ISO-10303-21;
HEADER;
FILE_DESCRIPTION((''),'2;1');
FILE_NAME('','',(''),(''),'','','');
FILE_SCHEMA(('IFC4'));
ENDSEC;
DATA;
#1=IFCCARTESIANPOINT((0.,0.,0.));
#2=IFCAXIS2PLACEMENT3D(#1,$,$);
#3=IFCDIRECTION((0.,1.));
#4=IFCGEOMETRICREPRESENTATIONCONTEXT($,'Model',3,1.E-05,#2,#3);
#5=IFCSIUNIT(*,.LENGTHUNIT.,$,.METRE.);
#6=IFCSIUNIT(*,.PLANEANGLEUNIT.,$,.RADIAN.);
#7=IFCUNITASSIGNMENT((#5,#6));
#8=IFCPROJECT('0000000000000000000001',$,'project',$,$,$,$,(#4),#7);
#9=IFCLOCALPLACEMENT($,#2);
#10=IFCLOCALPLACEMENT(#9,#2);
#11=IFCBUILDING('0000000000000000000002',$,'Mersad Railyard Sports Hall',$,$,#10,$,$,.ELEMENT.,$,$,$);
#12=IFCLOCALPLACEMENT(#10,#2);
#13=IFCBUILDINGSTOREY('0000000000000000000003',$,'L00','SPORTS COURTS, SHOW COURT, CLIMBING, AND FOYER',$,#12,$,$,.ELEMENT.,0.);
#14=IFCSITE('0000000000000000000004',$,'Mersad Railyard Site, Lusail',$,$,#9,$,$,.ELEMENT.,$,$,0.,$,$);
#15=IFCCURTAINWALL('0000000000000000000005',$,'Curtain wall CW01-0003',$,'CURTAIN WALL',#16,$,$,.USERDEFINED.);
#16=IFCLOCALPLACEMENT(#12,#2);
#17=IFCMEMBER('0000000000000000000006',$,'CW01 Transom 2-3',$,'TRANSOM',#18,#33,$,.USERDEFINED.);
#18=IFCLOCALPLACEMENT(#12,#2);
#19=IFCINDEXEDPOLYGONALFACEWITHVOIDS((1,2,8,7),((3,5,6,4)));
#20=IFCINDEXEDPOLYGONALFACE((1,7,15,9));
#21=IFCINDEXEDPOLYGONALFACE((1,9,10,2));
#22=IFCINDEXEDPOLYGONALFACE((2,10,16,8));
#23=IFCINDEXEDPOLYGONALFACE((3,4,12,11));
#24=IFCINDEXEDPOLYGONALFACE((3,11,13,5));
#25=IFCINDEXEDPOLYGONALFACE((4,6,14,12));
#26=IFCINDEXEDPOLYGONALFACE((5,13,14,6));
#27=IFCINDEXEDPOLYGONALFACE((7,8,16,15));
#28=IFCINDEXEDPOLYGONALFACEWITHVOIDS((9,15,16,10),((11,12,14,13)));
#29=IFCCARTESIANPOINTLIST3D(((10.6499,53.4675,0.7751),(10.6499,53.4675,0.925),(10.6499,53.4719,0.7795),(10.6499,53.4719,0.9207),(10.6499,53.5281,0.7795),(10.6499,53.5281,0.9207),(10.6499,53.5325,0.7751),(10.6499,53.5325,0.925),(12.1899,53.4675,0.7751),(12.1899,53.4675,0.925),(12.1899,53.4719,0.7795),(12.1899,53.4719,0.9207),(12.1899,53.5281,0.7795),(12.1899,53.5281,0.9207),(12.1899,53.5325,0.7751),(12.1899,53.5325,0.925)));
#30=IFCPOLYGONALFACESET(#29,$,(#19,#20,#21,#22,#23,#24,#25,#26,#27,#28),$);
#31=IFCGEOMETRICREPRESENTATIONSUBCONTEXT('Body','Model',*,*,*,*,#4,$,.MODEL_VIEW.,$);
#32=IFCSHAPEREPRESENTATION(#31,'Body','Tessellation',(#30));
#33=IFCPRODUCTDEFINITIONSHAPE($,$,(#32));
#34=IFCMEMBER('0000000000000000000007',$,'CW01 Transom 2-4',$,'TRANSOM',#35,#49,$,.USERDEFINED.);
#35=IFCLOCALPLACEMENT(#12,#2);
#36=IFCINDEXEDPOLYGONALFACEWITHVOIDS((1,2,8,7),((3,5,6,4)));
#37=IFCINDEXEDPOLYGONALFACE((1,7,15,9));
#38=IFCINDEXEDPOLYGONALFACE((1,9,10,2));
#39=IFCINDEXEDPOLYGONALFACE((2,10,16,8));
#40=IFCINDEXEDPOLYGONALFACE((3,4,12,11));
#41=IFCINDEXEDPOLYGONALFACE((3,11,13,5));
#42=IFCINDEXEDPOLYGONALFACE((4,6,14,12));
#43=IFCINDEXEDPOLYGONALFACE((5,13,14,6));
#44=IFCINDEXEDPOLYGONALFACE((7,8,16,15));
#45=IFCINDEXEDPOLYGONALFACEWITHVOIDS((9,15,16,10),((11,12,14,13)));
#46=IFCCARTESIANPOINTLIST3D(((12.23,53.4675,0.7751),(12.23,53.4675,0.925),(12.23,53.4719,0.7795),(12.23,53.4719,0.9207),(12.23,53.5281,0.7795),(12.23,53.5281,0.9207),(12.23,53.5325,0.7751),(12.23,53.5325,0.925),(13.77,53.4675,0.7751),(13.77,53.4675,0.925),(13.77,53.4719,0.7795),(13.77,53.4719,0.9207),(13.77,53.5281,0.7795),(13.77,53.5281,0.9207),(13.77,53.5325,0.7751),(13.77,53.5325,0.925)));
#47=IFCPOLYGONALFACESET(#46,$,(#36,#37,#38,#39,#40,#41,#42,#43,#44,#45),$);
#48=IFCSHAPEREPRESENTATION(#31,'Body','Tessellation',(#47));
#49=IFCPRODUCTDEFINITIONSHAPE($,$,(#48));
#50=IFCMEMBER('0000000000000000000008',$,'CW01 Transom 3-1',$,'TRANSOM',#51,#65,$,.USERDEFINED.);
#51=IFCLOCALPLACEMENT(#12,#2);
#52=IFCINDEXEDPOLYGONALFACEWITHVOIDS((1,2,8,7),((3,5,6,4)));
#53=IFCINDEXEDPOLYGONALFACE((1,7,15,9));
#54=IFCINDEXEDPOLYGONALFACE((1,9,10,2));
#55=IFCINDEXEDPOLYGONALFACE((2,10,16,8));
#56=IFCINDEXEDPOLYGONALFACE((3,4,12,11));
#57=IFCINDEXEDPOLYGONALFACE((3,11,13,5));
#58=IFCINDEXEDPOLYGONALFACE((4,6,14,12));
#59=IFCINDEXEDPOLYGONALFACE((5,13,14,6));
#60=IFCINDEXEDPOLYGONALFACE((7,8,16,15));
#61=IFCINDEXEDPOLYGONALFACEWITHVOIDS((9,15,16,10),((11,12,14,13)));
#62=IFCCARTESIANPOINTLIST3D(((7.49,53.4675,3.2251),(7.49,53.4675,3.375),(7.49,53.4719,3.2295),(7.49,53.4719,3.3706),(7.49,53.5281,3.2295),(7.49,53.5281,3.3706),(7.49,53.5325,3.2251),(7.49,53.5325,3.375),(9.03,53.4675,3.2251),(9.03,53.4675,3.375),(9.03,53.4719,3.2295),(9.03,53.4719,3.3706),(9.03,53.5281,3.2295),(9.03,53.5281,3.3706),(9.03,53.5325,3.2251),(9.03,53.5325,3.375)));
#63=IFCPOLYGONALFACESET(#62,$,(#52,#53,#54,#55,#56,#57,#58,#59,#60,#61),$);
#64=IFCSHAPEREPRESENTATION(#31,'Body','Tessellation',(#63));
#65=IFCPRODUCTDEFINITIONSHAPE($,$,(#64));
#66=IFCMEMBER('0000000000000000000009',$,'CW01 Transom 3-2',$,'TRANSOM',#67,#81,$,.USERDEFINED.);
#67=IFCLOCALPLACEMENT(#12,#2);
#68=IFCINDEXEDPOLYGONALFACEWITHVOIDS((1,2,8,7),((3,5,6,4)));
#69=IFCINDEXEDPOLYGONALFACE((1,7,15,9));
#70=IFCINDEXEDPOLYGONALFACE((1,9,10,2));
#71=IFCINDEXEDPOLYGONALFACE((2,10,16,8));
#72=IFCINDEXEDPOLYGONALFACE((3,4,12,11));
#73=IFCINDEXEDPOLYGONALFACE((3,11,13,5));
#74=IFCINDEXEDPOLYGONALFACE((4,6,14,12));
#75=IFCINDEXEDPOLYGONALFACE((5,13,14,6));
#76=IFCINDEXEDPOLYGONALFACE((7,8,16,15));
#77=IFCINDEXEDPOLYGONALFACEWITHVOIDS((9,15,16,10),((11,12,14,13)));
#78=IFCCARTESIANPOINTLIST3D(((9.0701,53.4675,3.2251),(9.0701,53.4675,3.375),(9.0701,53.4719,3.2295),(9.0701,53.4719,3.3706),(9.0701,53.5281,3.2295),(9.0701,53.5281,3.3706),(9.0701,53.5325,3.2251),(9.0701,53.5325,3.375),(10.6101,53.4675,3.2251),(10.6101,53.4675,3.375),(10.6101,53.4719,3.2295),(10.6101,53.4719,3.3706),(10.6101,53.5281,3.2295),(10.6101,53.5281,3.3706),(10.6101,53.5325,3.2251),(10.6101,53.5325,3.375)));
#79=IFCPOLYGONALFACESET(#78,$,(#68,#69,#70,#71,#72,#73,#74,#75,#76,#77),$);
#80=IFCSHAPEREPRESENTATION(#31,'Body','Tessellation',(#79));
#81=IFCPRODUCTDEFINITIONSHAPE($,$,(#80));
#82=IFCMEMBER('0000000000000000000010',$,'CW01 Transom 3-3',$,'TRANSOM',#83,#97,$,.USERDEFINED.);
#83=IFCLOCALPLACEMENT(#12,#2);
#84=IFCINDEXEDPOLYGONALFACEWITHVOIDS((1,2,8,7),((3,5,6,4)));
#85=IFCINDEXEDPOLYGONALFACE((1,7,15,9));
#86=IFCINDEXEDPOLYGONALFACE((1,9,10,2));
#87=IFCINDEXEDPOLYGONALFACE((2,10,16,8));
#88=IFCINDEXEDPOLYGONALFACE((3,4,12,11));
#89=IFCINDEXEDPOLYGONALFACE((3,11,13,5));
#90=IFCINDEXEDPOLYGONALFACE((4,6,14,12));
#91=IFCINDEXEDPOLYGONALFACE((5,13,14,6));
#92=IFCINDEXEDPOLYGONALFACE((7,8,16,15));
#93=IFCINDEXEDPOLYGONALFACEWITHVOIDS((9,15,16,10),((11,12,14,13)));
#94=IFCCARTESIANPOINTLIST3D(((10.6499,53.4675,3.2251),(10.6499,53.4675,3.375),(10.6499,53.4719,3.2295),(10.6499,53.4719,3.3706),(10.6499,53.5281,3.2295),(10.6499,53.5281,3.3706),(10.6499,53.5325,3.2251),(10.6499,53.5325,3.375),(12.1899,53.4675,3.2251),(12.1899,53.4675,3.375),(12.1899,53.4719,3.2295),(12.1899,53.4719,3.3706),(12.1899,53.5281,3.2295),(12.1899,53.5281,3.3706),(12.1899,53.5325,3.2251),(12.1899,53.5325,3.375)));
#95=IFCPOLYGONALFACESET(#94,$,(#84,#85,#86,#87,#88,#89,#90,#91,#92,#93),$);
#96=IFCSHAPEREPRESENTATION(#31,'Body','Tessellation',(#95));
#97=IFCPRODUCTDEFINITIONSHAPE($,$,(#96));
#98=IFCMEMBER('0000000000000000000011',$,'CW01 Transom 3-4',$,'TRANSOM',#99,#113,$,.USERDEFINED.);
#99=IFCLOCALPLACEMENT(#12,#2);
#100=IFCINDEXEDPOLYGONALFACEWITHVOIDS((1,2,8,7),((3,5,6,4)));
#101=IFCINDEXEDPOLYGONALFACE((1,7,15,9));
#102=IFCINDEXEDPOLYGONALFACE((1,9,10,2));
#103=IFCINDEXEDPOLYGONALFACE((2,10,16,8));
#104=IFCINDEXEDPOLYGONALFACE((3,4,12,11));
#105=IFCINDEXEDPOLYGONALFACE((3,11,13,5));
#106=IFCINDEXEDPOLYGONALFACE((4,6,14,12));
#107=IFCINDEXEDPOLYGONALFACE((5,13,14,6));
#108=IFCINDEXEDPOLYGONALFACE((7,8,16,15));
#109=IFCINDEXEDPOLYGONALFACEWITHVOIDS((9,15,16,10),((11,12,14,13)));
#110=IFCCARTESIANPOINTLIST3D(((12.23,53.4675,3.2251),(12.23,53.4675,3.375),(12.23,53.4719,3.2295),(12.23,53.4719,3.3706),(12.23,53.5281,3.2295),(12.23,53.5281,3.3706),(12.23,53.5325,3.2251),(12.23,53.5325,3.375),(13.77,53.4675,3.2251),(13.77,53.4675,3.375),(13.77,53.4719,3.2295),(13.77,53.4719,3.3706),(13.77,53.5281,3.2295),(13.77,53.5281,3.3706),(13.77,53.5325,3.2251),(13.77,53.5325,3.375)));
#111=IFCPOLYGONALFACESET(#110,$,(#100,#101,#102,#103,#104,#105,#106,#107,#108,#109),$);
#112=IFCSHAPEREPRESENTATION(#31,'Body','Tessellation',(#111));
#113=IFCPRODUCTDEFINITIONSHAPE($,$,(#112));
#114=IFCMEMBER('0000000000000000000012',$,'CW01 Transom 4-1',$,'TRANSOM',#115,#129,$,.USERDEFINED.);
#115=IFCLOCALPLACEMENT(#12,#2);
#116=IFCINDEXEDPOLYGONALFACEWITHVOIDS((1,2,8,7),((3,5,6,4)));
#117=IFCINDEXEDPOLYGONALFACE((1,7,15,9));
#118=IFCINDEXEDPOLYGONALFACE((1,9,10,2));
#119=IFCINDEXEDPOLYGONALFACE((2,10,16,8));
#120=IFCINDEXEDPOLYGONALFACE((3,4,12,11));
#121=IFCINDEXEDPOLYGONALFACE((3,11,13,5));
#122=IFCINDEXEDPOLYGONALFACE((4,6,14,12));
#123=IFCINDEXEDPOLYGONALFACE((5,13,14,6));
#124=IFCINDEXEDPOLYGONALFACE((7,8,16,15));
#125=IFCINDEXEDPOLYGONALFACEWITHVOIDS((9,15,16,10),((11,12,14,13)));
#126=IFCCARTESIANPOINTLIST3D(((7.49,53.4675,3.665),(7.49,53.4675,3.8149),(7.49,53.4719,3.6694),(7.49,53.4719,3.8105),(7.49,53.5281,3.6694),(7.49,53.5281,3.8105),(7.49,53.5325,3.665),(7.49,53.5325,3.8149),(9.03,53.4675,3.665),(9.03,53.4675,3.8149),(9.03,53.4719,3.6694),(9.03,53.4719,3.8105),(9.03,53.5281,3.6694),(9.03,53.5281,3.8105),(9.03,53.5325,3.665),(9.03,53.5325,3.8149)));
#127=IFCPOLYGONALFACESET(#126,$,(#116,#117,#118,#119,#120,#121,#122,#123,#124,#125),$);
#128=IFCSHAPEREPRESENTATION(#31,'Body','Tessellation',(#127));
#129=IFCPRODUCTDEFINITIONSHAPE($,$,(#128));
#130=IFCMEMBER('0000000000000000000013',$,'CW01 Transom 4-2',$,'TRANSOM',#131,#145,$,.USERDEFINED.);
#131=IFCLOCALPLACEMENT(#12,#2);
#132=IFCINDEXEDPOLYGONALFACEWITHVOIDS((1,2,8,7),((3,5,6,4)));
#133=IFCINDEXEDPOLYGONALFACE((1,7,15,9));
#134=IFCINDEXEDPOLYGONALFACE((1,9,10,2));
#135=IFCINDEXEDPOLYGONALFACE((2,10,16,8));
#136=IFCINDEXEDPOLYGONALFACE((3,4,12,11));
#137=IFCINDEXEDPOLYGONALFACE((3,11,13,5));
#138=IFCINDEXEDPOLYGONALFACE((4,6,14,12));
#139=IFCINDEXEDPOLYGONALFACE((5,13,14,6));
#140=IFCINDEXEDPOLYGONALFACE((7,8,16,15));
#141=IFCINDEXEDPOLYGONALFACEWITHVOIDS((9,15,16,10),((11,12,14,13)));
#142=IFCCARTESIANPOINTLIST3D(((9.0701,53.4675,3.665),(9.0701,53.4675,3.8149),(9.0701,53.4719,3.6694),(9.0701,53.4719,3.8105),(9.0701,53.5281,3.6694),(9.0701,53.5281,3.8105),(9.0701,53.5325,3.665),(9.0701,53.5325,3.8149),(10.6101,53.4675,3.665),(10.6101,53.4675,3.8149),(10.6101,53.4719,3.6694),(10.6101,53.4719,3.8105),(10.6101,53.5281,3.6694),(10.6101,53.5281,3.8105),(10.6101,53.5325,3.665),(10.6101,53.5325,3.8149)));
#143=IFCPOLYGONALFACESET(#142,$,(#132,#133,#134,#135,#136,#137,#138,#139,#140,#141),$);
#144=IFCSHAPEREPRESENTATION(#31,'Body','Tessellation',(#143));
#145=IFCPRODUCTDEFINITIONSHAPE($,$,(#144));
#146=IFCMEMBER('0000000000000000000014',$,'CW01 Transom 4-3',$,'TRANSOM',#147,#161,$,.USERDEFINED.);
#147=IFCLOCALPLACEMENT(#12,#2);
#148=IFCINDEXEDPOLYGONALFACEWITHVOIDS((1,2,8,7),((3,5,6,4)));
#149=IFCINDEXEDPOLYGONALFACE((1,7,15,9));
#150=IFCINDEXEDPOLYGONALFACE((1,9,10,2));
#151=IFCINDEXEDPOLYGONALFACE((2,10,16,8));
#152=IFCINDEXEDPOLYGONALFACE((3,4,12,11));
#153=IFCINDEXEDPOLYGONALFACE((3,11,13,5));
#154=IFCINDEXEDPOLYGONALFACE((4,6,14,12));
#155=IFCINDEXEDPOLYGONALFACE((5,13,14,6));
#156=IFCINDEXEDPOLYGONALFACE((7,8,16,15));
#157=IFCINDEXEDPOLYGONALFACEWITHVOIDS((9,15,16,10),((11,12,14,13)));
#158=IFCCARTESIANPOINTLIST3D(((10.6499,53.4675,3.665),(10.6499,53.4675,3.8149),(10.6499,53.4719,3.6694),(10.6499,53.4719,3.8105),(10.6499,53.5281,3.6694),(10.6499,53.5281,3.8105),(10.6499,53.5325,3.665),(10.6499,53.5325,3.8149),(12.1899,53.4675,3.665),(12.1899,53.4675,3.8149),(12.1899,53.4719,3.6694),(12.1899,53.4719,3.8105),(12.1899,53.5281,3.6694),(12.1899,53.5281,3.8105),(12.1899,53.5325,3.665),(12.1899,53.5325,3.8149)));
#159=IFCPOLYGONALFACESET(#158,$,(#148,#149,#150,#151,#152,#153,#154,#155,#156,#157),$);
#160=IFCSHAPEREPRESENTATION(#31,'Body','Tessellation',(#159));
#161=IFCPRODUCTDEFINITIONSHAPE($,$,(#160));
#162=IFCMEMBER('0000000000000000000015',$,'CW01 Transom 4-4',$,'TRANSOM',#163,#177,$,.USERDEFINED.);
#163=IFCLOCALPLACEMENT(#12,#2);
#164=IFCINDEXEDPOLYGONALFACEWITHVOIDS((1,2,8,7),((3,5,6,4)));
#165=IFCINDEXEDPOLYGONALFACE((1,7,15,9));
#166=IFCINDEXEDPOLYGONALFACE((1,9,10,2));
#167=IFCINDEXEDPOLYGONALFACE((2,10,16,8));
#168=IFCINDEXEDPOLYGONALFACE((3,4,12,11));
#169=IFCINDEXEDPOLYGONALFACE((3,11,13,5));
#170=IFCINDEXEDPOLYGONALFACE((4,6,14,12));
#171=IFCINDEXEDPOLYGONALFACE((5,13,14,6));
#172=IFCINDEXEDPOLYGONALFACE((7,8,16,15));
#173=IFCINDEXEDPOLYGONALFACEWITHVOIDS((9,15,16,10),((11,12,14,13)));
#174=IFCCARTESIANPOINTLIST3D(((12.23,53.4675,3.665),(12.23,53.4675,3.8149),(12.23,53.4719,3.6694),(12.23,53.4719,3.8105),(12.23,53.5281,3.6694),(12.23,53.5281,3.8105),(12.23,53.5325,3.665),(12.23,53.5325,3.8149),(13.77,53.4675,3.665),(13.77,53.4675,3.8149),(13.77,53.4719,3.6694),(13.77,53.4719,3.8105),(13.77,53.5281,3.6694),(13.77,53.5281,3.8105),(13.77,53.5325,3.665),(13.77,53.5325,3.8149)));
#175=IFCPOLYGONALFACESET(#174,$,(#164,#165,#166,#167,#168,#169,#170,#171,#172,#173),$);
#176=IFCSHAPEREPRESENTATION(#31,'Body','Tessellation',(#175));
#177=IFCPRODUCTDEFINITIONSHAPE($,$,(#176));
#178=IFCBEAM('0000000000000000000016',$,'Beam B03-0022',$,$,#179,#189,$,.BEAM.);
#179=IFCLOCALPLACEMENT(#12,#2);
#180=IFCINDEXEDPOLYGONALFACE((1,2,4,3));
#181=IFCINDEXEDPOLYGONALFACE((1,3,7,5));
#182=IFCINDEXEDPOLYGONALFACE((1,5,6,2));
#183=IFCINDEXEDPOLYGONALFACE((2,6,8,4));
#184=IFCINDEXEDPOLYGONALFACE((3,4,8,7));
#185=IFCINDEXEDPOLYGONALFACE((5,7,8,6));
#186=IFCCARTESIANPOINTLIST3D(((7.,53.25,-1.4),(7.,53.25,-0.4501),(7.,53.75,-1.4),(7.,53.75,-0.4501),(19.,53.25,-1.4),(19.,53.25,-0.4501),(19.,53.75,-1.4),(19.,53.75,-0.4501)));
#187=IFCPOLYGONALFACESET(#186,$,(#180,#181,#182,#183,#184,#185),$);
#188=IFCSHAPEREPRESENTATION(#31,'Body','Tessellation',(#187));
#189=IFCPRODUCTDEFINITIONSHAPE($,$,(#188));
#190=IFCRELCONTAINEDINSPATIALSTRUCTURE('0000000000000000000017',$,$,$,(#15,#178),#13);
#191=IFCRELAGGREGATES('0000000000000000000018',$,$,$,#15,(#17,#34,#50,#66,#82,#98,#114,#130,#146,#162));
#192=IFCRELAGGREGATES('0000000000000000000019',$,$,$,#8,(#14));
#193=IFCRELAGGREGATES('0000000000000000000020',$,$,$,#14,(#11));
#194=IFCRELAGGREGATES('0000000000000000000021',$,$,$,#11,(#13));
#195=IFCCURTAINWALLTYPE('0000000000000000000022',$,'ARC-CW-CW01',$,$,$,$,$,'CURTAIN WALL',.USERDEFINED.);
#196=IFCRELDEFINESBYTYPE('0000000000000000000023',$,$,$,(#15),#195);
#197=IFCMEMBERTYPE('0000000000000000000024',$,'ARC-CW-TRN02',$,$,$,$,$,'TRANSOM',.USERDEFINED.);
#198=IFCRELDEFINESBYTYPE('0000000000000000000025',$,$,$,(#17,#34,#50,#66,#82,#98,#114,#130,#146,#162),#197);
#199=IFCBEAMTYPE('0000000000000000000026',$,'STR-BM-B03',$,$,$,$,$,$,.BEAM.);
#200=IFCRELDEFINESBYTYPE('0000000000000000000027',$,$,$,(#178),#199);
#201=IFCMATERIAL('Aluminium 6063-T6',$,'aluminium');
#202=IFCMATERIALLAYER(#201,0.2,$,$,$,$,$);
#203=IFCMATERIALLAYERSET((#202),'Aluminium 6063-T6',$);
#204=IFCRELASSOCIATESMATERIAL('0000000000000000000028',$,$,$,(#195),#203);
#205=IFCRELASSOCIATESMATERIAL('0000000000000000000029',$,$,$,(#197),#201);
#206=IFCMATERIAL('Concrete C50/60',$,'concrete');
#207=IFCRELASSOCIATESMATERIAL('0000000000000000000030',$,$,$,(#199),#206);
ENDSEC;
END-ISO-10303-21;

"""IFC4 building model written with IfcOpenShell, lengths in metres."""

from ifc_helpers import new_model, si_unit, direction, frame, origin, origin_2d, place, context, subcontext, project, spatial, rectangle, hollow_rectangle, extrude, material, layer, layer_set, material_profile, profile_set, type_object, element, aggregate, save


model = new_model("IFC4")

# Units and contexts
model_context = context("Model", 3, precision=1e-05, world=origin(), true_north=direction((0.0, 1.0)))
body_context = subcontext(model_context, "Body", "Model", "MODEL_VIEW")
ifc_project = project(units=[si_unit("LENGTHUNIT", "METRE"), si_unit("PLANEANGLEUNIT", "RADIAN")], contexts=[model_context])

# Site, building, storey
site_placement = place(None, origin())
site = spatial("IfcSite", under=ifc_project, at=site_placement, Name="Mersad Railyard Site, Lusail", CompositionType="ELEMENT", RefElevation=0.0)
building_placement = place(site_placement, origin())
building = spatial("IfcBuilding", under=site, at=building_placement, Name="Mersad Railyard Sports Hall", CompositionType="ELEMENT")
storey_placement = place(building_placement, origin())
storey = spatial("IfcBuildingStorey", under=building, at=storey_placement, Name="L00", Description="SPORTS COURTS, SHOW COURT, CLIMBING, AND FOYER", CompositionType="ELEMENT", Elevation=0.0)

# Curtain wall, members
ifc_material_1 = material(Name="Aluminium 6063-T6", Category="aluminium")
ifc_layer_1 = layer(ifc_material_1, 0.2)
ifc_layer_set_1 = layer_set([ifc_layer_1], Name="Aluminium 6063-T6")
curtain_wall_type = type_object("IfcCurtainWallType", Name="ARC-CW-CW01", ElementType="CURTAIN WALL", PredefinedType="USERDEFINED", material=ifc_layer_set_1)
curtain_wall_placement = place(storey_placement, origin())
curtain_wall = element("IfcCurtainWall", 1, at=curtain_wall_placement, inside=storey, type_object=curtain_wall_type, Name="Curtain wall CW01-0003", ObjectType="CURTAIN WALL", PredefinedType="USERDEFINED")
ifc_material_profile_1 = material_profile(ifc_material_1, hollow_rectangle(XDim=0.0649, YDim=0.1499, WallThickness=0.0044, at=origin_2d()), Name="AL TRANSOM 65x150x4.5")
ifc_profile_set_1 = profile_set([ifc_material_profile_1], Name="Aluminium 6063-T6")
member_type_1 = type_object("IfcMemberType", Name="ARC-CW-TRN02", ElementType="TRANSOM", PredefinedType="USERDEFINED", material=ifc_profile_set_1)
member_1_placement = place(storey_placement, frame((10.6499, 53.5, 0.8501), z_axis=(1.0, 0.0, 0.0), x_axis=(0.0, 1.0, 0.0)))
member_1 = element("IfcMember", 2, at=member_1_placement, type_object=member_type_1, Name="CW01 Transom 2-3", ObjectType="TRANSOM", PredefinedType="USERDEFINED", context=body_context, shape_type="SweptSolid", body=[
    extrude(hollow_rectangle(XDim=0.0649, YDim=0.1499, WallThickness=0.0044, at=origin_2d()), origin(), (0.0, 0.0, 1.0), 1.54),
])
member_2_placement = place(storey_placement, frame((12.23, 53.5, 0.8501), z_axis=(1.0, 0.0, 0.0), x_axis=(0.0, 1.0, 0.0)))
member_2 = element("IfcMember", 3, at=member_2_placement, type_object=member_type_1, Name="CW01 Transom 2-4", ObjectType="TRANSOM", PredefinedType="USERDEFINED", context=body_context, shape_type="SweptSolid", body=[
    extrude(hollow_rectangle(XDim=0.0649, YDim=0.1499, WallThickness=0.0044, at=origin_2d()), origin(), (0.0, 0.0, 1.0), 1.54),
])
member_3_placement = place(storey_placement, frame((7.49, 53.5, 3.3), z_axis=(1.0, 0.0, 0.0), x_axis=(0.0, 1.0, 0.0)))
member_3 = element("IfcMember", 4, at=member_3_placement, type_object=member_type_1, Name="CW01 Transom 3-1", ObjectType="TRANSOM", PredefinedType="USERDEFINED", context=body_context, shape_type="SweptSolid", body=[
    extrude(hollow_rectangle(XDim=0.0649, YDim=0.1499, WallThickness=0.0044, at=origin_2d()), origin(), (0.0, 0.0, 1.0), 1.54),
])
member_4_placement = place(storey_placement, frame((9.0701, 53.5, 3.3), z_axis=(1.0, 0.0, 0.0), x_axis=(0.0, 1.0, 0.0)))
member_4 = element("IfcMember", 5, at=member_4_placement, type_object=member_type_1, Name="CW01 Transom 3-2", ObjectType="TRANSOM", PredefinedType="USERDEFINED", context=body_context, shape_type="SweptSolid", body=[
    extrude(hollow_rectangle(XDim=0.0649, YDim=0.1499, WallThickness=0.0044, at=origin_2d()), origin(), (0.0, 0.0, 1.0), 1.54),
])
member_5_placement = place(storey_placement, frame((10.6499, 53.5, 3.3), z_axis=(1.0, 0.0, 0.0), x_axis=(0.0, 1.0, 0.0)))
member_5 = element("IfcMember", 6, at=member_5_placement, type_object=member_type_1, Name="CW01 Transom 3-3", ObjectType="TRANSOM", PredefinedType="USERDEFINED", context=body_context, shape_type="SweptSolid", body=[
    extrude(hollow_rectangle(XDim=0.0649, YDim=0.1499, WallThickness=0.0044, at=origin_2d()), origin(), (0.0, 0.0, 1.0), 1.54),
])
member_6_placement = place(storey_placement, frame((12.23, 53.5, 3.3), z_axis=(1.0, 0.0, 0.0), x_axis=(0.0, 1.0, 0.0)))
member_6 = element("IfcMember", 7, at=member_6_placement, type_object=member_type_1, Name="CW01 Transom 3-4", ObjectType="TRANSOM", PredefinedType="USERDEFINED", context=body_context, shape_type="SweptSolid", body=[
    extrude(hollow_rectangle(XDim=0.0649, YDim=0.1499, WallThickness=0.0044, at=origin_2d()), origin(), (0.0, 0.0, 1.0), 1.54),
])
member_7_placement = place(storey_placement, frame((7.49, 53.5, 3.74), z_axis=(1.0, 0.0, 0.0), x_axis=(0.0, 1.0, 0.0)))
member_7 = element("IfcMember", 8, at=member_7_placement, type_object=member_type_1, Name="CW01 Transom 4-1", ObjectType="TRANSOM", PredefinedType="USERDEFINED", context=body_context, shape_type="SweptSolid", body=[
    extrude(hollow_rectangle(XDim=0.0649, YDim=0.1499, WallThickness=0.0044, at=origin_2d()), origin(), (0.0, 0.0, 1.0), 1.54),
])
member_8_placement = place(storey_placement, frame((9.0701, 53.5, 3.74), z_axis=(1.0, 0.0, 0.0), x_axis=(0.0, 1.0, 0.0)))
member_8 = element("IfcMember", 9, at=member_8_placement, type_object=member_type_1, Name="CW01 Transom 4-2", ObjectType="TRANSOM", PredefinedType="USERDEFINED", context=body_context, shape_type="SweptSolid", body=[
    extrude(hollow_rectangle(XDim=0.0649, YDim=0.1499, WallThickness=0.0044, at=origin_2d()), origin(), (0.0, 0.0, 1.0), 1.54),
])
member_9_placement = place(storey_placement, frame((10.6499, 53.5, 3.74), z_axis=(1.0, 0.0, 0.0), x_axis=(0.0, 1.0, 0.0)))
member_9 = element("IfcMember", 10, at=member_9_placement, type_object=member_type_1, Name="CW01 Transom 4-3", ObjectType="TRANSOM", PredefinedType="USERDEFINED", context=body_context, shape_type="SweptSolid", body=[
    extrude(hollow_rectangle(XDim=0.0649, YDim=0.1499, WallThickness=0.0044, at=origin_2d()), origin(), (0.0, 0.0, 1.0), 1.54),
])
member_10_placement = place(storey_placement, frame((12.23, 53.5, 3.74), z_axis=(1.0, 0.0, 0.0), x_axis=(0.0, 1.0, 0.0)))
member_10 = element("IfcMember", 11, at=member_10_placement, type_object=member_type_1, Name="CW01 Transom 4-4", ObjectType="TRANSOM", PredefinedType="USERDEFINED", context=body_context, shape_type="SweptSolid", body=[
    extrude(hollow_rectangle(XDim=0.0649, YDim=0.1499, WallThickness=0.0044, at=origin_2d()), origin(), (0.0, 0.0, 1.0), 1.54),
])

# Beam
ifc_material_2 = material(Name="Concrete C50/60", Category="concrete")
ifc_material_profile_2 = material_profile(ifc_material_2, rectangle(XDim=0.5, YDim=0.95, at=origin_2d()), Name="RC 500x950")
ifc_profile_set_2 = profile_set([ifc_material_profile_2], Name="Concrete C50/60")
beam_type = type_object("IfcBeamType", Name="STR-BM-B03", PredefinedType="BEAM", material=ifc_profile_set_2)
beam_placement = place(storey_placement, frame((7.0, 53.5, -0.925), z_axis=(1.0, 0.0, 0.0), x_axis=(0.0, 1.0, 0.0)))
element("IfcBeam", 12, at=beam_placement, inside=storey, type_object=beam_type, Name="Beam B03-0022", PredefinedType="BEAM", context=body_context, shape_type="SweptSolid", body=[
    extrude(rectangle(XDim=0.5, YDim=0.95, at=origin_2d()), origin(), (0.0, 0.0, 1.0), 12.0),
])

aggregate(curtain_wall, [member_1, member_2, member_3, member_4, member_5, member_6, member_7, member_8, member_9, member_10])

save(model, "model.ifc")
